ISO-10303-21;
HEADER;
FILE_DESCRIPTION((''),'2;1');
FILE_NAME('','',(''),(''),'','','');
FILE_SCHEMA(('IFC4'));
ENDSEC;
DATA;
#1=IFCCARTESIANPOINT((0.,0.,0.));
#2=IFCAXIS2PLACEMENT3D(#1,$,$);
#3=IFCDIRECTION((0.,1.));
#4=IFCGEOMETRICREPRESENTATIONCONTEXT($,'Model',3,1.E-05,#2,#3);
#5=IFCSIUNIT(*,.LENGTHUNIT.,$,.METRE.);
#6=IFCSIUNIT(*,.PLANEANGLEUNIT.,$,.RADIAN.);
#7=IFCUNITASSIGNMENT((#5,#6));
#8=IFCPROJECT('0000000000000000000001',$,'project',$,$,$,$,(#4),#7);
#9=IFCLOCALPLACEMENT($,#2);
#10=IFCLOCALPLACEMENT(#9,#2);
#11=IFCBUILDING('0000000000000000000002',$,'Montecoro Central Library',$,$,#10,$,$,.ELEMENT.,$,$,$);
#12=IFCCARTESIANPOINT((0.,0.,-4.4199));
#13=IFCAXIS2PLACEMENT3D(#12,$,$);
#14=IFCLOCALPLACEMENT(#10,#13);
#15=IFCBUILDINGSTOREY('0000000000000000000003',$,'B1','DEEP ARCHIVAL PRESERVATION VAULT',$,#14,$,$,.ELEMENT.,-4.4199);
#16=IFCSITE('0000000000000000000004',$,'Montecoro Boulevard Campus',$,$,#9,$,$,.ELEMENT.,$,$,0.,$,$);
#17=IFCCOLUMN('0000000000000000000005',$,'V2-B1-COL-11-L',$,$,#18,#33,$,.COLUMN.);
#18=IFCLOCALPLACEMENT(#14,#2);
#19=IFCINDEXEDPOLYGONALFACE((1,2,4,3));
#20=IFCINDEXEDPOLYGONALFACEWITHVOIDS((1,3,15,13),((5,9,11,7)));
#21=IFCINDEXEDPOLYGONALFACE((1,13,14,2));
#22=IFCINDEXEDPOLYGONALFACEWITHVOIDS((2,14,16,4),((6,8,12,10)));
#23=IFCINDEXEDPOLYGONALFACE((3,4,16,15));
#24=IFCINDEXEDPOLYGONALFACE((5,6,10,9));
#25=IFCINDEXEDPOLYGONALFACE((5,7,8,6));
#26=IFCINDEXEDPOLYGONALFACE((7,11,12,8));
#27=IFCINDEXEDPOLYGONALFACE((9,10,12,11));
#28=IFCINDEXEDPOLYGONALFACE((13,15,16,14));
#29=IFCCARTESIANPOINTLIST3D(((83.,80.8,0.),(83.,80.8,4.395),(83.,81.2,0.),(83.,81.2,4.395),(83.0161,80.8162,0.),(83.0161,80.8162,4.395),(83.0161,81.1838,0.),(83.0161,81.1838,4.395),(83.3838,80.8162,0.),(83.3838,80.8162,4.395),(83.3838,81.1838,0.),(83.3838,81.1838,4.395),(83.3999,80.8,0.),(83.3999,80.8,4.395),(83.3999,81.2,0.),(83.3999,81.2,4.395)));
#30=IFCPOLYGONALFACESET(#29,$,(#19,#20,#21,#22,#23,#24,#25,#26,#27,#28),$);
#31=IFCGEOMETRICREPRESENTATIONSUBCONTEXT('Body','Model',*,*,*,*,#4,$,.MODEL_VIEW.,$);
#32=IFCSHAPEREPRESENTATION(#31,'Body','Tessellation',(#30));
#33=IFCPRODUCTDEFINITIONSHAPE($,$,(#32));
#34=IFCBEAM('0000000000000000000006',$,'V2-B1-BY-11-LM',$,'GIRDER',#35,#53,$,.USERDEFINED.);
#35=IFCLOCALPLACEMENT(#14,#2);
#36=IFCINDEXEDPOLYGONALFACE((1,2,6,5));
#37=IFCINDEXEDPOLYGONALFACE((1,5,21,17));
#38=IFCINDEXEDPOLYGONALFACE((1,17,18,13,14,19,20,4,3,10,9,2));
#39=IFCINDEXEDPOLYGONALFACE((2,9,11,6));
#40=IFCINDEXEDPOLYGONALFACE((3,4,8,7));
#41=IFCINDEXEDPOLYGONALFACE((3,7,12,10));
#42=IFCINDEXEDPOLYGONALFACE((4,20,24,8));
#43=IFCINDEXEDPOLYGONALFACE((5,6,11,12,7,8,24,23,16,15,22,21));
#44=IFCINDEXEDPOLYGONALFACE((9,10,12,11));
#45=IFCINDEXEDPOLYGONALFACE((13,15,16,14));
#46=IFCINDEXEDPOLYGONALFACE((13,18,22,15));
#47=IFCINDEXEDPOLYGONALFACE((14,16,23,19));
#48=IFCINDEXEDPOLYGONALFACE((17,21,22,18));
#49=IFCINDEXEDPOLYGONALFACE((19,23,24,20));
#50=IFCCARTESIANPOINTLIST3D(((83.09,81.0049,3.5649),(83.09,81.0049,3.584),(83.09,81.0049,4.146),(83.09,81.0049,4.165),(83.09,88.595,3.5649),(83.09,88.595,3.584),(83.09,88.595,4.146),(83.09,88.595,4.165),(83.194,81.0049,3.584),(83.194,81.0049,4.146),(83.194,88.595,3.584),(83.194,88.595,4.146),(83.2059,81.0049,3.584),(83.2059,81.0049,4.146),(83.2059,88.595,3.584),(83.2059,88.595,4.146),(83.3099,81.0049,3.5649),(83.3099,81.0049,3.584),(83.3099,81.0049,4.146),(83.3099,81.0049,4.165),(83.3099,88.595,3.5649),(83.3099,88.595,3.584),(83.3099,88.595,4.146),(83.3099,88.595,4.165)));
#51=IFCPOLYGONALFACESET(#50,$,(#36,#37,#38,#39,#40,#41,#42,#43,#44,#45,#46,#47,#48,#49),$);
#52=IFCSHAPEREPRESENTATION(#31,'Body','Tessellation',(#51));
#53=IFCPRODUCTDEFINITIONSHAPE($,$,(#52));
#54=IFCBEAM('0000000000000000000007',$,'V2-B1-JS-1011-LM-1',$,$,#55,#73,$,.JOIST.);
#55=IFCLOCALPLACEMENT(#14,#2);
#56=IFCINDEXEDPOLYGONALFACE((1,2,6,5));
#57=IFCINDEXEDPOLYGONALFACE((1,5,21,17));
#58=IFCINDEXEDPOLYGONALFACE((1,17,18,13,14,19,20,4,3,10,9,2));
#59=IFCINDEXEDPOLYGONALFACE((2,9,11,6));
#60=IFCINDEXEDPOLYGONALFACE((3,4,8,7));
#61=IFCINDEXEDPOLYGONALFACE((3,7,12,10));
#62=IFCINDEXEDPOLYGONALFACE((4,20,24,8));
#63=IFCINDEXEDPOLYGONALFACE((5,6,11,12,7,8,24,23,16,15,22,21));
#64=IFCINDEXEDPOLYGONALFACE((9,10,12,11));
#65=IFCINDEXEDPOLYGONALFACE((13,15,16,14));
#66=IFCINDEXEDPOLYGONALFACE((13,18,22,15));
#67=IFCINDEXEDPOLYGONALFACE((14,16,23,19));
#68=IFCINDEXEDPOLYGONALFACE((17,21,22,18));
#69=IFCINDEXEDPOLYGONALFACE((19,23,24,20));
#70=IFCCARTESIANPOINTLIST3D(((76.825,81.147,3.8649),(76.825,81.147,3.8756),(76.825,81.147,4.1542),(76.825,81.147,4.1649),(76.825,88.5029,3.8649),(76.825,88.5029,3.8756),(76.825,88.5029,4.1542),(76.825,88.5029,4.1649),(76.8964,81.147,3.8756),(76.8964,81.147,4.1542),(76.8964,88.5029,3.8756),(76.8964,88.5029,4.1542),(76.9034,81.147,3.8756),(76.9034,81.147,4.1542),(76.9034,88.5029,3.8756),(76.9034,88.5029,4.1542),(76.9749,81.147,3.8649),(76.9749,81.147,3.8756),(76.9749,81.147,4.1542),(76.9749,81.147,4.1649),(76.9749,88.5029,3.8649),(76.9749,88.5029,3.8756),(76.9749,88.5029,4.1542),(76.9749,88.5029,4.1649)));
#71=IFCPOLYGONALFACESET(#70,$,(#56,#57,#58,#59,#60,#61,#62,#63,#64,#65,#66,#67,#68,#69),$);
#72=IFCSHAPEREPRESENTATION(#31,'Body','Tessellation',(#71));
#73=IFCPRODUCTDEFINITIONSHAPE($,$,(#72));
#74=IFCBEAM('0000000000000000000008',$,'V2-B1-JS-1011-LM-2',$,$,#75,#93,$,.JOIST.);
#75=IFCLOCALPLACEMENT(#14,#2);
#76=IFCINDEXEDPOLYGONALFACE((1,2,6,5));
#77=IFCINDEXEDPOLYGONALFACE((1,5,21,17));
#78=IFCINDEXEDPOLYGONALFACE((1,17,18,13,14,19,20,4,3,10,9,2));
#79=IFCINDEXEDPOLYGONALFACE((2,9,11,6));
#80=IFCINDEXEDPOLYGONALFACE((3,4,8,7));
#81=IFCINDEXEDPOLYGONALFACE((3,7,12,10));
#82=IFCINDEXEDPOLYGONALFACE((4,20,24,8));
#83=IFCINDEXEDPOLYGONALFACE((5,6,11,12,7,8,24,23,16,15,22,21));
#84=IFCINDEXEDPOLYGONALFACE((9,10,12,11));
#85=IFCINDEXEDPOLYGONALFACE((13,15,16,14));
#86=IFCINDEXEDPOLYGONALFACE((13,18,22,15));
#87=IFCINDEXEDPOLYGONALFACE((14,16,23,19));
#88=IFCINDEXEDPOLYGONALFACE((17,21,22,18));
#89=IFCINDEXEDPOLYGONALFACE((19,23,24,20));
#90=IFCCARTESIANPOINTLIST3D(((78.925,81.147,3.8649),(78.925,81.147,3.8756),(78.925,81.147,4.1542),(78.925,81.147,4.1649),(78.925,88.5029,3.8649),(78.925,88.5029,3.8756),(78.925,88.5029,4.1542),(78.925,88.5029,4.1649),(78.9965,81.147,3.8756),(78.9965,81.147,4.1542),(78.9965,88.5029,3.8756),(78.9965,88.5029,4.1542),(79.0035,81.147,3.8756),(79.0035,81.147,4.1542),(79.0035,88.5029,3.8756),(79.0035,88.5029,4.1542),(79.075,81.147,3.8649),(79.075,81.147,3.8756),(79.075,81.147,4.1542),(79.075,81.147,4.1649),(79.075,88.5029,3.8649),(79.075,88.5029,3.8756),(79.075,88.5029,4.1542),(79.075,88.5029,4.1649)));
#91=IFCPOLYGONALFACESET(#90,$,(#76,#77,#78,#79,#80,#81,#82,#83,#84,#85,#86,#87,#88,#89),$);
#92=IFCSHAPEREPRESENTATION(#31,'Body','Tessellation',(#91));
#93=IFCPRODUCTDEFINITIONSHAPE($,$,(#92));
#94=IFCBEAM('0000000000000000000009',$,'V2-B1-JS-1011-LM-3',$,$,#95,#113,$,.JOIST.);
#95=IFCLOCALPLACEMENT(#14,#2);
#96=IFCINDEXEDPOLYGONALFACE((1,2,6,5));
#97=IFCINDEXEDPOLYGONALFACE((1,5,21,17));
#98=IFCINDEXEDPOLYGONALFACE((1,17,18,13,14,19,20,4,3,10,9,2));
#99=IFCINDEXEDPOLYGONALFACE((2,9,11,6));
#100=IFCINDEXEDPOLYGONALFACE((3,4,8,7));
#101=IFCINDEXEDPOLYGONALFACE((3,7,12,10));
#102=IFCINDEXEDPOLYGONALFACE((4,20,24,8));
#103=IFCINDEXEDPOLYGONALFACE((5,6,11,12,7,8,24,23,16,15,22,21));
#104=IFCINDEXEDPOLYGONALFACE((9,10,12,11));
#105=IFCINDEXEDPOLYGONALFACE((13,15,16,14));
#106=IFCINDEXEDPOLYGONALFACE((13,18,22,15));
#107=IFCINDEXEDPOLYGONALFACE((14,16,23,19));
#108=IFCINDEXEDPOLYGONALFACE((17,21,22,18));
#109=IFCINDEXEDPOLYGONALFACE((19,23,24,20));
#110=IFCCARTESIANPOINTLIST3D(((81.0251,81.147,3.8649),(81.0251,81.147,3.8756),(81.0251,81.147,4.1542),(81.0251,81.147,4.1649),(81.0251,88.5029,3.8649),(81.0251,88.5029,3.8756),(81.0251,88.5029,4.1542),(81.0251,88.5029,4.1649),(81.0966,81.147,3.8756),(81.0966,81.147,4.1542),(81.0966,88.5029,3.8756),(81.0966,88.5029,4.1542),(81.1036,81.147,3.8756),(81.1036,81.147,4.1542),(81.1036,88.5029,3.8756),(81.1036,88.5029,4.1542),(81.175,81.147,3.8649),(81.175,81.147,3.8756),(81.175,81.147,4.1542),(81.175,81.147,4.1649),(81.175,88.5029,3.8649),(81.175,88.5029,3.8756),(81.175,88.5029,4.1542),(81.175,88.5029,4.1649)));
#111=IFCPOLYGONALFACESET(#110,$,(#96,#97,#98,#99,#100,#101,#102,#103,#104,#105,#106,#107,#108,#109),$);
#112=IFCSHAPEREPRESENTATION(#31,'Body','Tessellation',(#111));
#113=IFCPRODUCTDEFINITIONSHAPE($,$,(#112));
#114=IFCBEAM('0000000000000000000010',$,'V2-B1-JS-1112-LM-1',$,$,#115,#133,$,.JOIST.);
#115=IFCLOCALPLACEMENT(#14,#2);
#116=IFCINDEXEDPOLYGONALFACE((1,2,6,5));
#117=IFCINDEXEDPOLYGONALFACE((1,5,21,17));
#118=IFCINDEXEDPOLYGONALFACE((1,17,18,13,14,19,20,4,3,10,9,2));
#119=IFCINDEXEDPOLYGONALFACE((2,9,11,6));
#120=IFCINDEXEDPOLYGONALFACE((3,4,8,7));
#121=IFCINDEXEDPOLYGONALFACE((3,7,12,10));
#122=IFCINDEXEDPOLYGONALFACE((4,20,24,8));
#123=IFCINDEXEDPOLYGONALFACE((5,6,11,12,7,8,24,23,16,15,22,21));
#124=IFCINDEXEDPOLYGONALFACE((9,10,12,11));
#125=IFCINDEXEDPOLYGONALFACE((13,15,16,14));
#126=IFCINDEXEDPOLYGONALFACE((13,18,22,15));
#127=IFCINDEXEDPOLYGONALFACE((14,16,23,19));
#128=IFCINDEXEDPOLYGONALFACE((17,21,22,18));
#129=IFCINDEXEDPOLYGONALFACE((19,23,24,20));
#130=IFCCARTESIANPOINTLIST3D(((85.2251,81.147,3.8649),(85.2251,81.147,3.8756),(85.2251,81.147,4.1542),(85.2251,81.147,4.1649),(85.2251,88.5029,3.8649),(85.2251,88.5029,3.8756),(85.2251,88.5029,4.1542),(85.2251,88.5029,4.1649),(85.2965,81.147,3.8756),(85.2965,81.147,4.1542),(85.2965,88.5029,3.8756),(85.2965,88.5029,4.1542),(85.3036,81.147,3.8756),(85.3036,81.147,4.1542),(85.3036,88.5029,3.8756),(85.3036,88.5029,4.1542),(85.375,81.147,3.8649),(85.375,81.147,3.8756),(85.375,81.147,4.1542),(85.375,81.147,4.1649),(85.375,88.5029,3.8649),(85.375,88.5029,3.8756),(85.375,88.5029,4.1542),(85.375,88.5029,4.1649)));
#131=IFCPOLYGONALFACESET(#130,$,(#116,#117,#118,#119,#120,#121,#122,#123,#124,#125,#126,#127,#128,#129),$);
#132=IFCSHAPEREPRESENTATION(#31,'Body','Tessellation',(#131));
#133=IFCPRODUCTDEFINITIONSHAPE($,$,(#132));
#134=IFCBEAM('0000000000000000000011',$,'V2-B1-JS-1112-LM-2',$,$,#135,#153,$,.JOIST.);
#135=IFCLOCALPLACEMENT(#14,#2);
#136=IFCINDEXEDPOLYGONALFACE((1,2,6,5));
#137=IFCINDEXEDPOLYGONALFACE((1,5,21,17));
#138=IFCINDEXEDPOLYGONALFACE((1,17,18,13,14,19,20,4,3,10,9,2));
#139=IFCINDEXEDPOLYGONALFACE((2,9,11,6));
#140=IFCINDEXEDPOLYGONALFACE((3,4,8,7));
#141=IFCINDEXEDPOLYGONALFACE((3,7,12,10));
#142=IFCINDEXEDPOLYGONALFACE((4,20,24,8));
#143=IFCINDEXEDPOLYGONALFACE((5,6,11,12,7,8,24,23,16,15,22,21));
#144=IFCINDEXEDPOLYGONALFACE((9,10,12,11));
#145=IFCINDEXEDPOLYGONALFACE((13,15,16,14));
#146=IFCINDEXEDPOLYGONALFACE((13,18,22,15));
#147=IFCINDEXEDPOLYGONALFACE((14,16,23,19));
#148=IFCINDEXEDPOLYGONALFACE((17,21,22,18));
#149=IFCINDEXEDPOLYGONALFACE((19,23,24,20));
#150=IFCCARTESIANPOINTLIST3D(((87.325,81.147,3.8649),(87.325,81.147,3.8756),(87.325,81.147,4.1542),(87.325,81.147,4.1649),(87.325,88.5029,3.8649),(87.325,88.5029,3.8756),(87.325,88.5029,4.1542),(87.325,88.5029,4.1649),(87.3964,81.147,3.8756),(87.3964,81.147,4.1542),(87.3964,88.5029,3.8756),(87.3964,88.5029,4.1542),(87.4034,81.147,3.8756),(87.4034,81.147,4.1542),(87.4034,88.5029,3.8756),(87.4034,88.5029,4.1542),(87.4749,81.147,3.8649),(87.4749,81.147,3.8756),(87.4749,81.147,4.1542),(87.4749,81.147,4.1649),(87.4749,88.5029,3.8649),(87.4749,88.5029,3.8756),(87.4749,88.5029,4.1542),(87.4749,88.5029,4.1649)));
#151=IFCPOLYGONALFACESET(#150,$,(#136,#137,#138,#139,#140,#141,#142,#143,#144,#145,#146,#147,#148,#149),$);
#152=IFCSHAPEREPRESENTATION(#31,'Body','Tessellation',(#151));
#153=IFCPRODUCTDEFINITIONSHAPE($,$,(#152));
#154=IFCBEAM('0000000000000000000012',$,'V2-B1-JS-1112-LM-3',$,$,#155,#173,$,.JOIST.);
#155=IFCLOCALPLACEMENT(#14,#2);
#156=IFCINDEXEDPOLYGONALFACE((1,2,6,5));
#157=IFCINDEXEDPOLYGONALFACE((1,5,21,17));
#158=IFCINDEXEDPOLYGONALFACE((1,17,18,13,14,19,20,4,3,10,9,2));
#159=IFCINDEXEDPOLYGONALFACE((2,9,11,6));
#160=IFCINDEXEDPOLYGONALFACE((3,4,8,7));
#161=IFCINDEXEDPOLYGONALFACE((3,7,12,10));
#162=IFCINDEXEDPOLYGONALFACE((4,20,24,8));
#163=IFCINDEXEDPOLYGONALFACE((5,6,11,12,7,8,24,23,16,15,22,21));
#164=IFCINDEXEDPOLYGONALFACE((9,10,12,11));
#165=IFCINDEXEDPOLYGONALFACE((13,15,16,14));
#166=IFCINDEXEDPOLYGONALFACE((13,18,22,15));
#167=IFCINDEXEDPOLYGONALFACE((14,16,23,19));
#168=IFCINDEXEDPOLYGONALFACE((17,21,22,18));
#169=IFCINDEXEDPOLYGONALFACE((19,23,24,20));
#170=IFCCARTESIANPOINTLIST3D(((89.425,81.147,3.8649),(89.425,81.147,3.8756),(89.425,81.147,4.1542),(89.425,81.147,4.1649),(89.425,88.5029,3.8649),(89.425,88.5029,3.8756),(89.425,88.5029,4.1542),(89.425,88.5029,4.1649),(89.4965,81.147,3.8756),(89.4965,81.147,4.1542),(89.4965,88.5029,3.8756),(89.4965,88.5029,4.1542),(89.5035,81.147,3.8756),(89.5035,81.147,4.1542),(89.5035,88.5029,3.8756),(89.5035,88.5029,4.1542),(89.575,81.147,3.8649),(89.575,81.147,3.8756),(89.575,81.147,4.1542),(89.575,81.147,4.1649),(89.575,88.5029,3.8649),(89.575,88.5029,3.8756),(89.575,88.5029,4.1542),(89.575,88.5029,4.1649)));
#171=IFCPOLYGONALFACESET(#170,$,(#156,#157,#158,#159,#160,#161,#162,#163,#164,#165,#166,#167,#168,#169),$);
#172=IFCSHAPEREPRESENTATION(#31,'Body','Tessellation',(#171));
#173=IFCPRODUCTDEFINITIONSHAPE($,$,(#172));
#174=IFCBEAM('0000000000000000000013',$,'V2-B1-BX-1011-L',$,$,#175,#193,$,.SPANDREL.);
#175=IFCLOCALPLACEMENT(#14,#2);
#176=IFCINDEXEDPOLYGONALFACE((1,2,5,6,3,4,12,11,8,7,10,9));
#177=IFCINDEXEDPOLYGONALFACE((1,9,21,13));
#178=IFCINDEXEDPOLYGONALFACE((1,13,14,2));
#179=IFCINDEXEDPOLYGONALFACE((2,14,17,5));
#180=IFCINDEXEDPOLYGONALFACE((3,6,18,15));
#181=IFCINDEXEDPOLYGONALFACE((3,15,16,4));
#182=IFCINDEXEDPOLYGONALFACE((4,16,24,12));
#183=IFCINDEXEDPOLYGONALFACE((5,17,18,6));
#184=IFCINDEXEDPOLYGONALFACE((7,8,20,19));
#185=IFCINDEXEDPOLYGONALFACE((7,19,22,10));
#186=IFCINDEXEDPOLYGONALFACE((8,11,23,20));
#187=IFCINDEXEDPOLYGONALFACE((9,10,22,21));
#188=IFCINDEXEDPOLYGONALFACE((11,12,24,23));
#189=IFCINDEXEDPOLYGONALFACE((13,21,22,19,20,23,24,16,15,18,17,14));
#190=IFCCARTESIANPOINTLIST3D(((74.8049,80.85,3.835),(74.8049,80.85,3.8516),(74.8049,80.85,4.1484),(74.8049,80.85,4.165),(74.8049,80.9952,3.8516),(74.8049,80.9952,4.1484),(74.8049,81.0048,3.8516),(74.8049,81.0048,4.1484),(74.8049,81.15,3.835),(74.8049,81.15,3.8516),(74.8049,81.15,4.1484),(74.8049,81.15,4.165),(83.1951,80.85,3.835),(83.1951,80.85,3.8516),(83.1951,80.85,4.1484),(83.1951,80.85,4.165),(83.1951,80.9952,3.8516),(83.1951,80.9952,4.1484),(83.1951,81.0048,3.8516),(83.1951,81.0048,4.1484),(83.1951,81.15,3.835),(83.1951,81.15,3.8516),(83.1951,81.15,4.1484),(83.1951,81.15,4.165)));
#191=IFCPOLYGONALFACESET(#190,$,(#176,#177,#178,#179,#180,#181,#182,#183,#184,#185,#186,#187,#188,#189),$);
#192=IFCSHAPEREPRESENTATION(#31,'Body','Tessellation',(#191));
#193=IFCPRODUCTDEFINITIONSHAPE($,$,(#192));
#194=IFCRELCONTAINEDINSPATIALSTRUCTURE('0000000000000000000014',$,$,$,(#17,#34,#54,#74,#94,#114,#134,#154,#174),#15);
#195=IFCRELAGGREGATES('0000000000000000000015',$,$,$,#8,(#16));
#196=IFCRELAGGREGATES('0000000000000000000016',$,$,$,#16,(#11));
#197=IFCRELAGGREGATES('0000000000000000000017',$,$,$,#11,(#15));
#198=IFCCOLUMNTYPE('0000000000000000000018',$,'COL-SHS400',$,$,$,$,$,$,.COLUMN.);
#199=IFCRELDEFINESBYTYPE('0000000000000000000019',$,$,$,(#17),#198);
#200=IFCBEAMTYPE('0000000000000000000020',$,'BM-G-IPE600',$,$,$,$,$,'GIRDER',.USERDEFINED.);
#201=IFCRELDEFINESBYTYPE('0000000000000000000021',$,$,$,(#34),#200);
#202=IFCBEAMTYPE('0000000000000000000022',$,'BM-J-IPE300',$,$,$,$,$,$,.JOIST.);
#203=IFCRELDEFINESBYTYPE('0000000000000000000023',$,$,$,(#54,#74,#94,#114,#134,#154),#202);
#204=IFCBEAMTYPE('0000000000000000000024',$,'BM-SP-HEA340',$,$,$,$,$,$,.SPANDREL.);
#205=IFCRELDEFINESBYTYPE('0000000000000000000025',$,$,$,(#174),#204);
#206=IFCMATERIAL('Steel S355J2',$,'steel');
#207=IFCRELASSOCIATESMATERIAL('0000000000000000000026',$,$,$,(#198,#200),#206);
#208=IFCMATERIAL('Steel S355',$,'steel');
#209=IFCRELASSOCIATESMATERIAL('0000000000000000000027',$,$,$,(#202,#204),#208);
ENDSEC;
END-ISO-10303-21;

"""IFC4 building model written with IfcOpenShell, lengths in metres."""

from ifc_helpers import new_model, si_unit, direction, frame, origin, origin_2d, place, context, subcontext, project, spatial, hollow_rectangle, i_section, extrude, material, material_profile, profile_set, type_object, element, save


model = new_model("IFC4")

# Units and contexts
model_context = context("Model", 3, precision=1e-05, world=origin(), true_north=direction((0.0, 1.0)))
body_context = subcontext(model_context, "Body", "Model", "MODEL_VIEW")
ifc_project = project(units=[si_unit("LENGTHUNIT", "METRE"), si_unit("PLANEANGLEUNIT", "RADIAN")], contexts=[model_context])

# Site, building, storey
site_placement = place(None, origin())
site = spatial("IfcSite", under=ifc_project, at=site_placement, Name="Montecoro Boulevard Campus", CompositionType="ELEMENT", RefElevation=0.0)
building_placement = place(site_placement, origin())
building = spatial("IfcBuilding", under=site, at=building_placement, Name="Montecoro Central Library", CompositionType="ELEMENT")
storey_placement = place(building_placement, frame((0.0, 0.0, -4.4199)))
storey = spatial("IfcBuildingStorey", under=building, at=storey_placement, Name="B1", Description="DEEP ARCHIVAL PRESERVATION VAULT", CompositionType="ELEMENT", Elevation=-4.4199)

# Column
ifc_material_1 = material(Name="Steel S355J2", Category="steel")
ifc_material_profile_1 = material_profile(ifc_material_1, hollow_rectangle(XDim=0.3999, YDim=0.3999, WallThickness=0.0161, at=origin_2d()), Name="SHS 400x400x16.0")
ifc_profile_set_1 = profile_set([ifc_material_profile_1], Name="Steel S355J2")
column_type_1 = type_object("IfcColumnType", Name="COL-SHS400", PredefinedType="COLUMN", material=ifc_profile_set_1)
column_1_placement = place(storey_placement, frame((83.2, 81.0, 0.0), z_axis=(0.0, 0.0, 1.0), x_axis=(1.0, 0.0, 0.0)))
element("IfcColumn", 1, at=column_1_placement, inside=storey, type_object=column_type_1, Name="V2-B1-COL-11-L", PredefinedType="COLUMN", context=body_context, shape_type="SweptSolid", body=[
    extrude(hollow_rectangle(XDim=0.3999, YDim=0.3999, WallThickness=0.0161, at=origin_2d()), origin(), (0.0, 0.0, 1.0), 4.395),
])

# Beams
ifc_material_profile_2 = material_profile(ifc_material_1, i_section(OverallWidth=0.22, OverallDepth=0.6001, WebThickness=0.012, FlangeThickness=0.019, at=origin_2d()), Name="IPE 600")
ifc_profile_set_2 = profile_set([ifc_material_profile_2], Name="Steel S355J2")
beam_type_1 = type_object("IfcBeamType", Name="BM-G-IPE600", ElementType="GIRDER", PredefinedType="USERDEFINED", material=ifc_profile_set_2)
beam_1_placement = place(storey_placement, frame((83.2, 81.0049, 3.865), z_axis=(0.0, 1.0, 0.0), x_axis=(-1.0, 0.0, 0.0)))
element("IfcBeam", 2, at=beam_1_placement, inside=storey, type_object=beam_type_1, Name="V2-B1-BY-11-LM", ObjectType="GIRDER", PredefinedType="USERDEFINED", context=body_context, shape_type="SweptSolid", body=[
    extrude(i_section(OverallWidth=0.22, OverallDepth=0.6001, WebThickness=0.012, FlangeThickness=0.019, at=origin_2d()), origin(), (0.0, 0.0, 1.0), 7.5901),
])
ifc_material_2 = material(Name="Steel S355", Category="steel")
ifc_material_profile_3 = material_profile(ifc_material_2, i_section(OverallWidth=0.1499, OverallDepth=0.3, WebThickness=0.0071, FlangeThickness=0.0107, at=origin_2d()), Name="IPE 300")
ifc_profile_set_3 = profile_set([ifc_material_profile_3], Name="Steel S355")
beam_type_2 = type_object("IfcBeamType", Name="BM-J-IPE300", PredefinedType="JOIST", material=ifc_profile_set_3)
for number, where, z_axis, x_axis, name in (
    (3, (76.8999, 81.147, 4.0149), (0.0, 1.0, 0.0), (-1.0, 0.0, 0.0), "V2-B1-JS-1011-LM-1"),
    (4, (79.0, 81.147, 4.0149), (0.0, 1.0, 0.0), (-1.0, 0.0, 0.0), "V2-B1-JS-1011-LM-2"),
    (5, (81.1001, 81.147, 4.0149), (0.0, 1.0, 0.0), (-1.0, 0.0, 0.0), "V2-B1-JS-1011-LM-3"),
    (6, (85.3, 81.147, 4.0149), (0.0, 1.0, 0.0), (-1.0, 0.0, 0.0), "V2-B1-JS-1112-LM-1"),
    (7, (87.3999, 81.147, 4.0149), (0.0, 1.0, 0.0), (-1.0, 0.0, 0.0), "V2-B1-JS-1112-LM-2"),
    (8, (89.5, 81.147, 4.0149), (0.0, 1.0, 0.0), (-1.0, 0.0, 0.0), "V2-B1-JS-1112-LM-3"),
):
    element("IfcBeam", number, at=place(storey_placement, frame(where, z_axis=z_axis, x_axis=x_axis)), inside=storey, type_object=beam_type_2, Name=name, PredefinedType="JOIST", context=body_context, shape_type="SweptSolid", body=[
        extrude(i_section(OverallWidth=0.1499, OverallDepth=0.3, WebThickness=0.0071, FlangeThickness=0.0107, at=origin_2d()), origin(), (0.0, 0.0, 1.0), 7.356),
    ])
ifc_material_profile_4 = material_profile(ifc_material_2, i_section(OverallWidth=0.3, OverallDepth=0.3301, WebThickness=0.0095, FlangeThickness=0.0166, at=origin_2d()), Name="HEA 340")
ifc_profile_set_4 = profile_set([ifc_material_profile_4], Name="Steel S355")
beam_type_3 = type_object("IfcBeamType", Name="BM-SP-HEA340", PredefinedType="SPANDREL", material=ifc_profile_set_4)
beam_2_placement = place(storey_placement, frame((74.8049, 81.0, 4.0), z_axis=(1.0, 0.0, 0.0), x_axis=(0.0, 1.0, 0.0)))
element("IfcBeam", 9, at=beam_2_placement, inside=storey, type_object=beam_type_3, Name="V2-B1-BX-1011-L", PredefinedType="SPANDREL", context=body_context, shape_type="SweptSolid", body=[
    extrude(i_section(OverallWidth=0.3, OverallDepth=0.3301, WebThickness=0.0095, FlangeThickness=0.0166, at=origin_2d()), origin(), (0.0, 0.0, 1.0), 8.3901),
])

save(model, "model.ifc")
